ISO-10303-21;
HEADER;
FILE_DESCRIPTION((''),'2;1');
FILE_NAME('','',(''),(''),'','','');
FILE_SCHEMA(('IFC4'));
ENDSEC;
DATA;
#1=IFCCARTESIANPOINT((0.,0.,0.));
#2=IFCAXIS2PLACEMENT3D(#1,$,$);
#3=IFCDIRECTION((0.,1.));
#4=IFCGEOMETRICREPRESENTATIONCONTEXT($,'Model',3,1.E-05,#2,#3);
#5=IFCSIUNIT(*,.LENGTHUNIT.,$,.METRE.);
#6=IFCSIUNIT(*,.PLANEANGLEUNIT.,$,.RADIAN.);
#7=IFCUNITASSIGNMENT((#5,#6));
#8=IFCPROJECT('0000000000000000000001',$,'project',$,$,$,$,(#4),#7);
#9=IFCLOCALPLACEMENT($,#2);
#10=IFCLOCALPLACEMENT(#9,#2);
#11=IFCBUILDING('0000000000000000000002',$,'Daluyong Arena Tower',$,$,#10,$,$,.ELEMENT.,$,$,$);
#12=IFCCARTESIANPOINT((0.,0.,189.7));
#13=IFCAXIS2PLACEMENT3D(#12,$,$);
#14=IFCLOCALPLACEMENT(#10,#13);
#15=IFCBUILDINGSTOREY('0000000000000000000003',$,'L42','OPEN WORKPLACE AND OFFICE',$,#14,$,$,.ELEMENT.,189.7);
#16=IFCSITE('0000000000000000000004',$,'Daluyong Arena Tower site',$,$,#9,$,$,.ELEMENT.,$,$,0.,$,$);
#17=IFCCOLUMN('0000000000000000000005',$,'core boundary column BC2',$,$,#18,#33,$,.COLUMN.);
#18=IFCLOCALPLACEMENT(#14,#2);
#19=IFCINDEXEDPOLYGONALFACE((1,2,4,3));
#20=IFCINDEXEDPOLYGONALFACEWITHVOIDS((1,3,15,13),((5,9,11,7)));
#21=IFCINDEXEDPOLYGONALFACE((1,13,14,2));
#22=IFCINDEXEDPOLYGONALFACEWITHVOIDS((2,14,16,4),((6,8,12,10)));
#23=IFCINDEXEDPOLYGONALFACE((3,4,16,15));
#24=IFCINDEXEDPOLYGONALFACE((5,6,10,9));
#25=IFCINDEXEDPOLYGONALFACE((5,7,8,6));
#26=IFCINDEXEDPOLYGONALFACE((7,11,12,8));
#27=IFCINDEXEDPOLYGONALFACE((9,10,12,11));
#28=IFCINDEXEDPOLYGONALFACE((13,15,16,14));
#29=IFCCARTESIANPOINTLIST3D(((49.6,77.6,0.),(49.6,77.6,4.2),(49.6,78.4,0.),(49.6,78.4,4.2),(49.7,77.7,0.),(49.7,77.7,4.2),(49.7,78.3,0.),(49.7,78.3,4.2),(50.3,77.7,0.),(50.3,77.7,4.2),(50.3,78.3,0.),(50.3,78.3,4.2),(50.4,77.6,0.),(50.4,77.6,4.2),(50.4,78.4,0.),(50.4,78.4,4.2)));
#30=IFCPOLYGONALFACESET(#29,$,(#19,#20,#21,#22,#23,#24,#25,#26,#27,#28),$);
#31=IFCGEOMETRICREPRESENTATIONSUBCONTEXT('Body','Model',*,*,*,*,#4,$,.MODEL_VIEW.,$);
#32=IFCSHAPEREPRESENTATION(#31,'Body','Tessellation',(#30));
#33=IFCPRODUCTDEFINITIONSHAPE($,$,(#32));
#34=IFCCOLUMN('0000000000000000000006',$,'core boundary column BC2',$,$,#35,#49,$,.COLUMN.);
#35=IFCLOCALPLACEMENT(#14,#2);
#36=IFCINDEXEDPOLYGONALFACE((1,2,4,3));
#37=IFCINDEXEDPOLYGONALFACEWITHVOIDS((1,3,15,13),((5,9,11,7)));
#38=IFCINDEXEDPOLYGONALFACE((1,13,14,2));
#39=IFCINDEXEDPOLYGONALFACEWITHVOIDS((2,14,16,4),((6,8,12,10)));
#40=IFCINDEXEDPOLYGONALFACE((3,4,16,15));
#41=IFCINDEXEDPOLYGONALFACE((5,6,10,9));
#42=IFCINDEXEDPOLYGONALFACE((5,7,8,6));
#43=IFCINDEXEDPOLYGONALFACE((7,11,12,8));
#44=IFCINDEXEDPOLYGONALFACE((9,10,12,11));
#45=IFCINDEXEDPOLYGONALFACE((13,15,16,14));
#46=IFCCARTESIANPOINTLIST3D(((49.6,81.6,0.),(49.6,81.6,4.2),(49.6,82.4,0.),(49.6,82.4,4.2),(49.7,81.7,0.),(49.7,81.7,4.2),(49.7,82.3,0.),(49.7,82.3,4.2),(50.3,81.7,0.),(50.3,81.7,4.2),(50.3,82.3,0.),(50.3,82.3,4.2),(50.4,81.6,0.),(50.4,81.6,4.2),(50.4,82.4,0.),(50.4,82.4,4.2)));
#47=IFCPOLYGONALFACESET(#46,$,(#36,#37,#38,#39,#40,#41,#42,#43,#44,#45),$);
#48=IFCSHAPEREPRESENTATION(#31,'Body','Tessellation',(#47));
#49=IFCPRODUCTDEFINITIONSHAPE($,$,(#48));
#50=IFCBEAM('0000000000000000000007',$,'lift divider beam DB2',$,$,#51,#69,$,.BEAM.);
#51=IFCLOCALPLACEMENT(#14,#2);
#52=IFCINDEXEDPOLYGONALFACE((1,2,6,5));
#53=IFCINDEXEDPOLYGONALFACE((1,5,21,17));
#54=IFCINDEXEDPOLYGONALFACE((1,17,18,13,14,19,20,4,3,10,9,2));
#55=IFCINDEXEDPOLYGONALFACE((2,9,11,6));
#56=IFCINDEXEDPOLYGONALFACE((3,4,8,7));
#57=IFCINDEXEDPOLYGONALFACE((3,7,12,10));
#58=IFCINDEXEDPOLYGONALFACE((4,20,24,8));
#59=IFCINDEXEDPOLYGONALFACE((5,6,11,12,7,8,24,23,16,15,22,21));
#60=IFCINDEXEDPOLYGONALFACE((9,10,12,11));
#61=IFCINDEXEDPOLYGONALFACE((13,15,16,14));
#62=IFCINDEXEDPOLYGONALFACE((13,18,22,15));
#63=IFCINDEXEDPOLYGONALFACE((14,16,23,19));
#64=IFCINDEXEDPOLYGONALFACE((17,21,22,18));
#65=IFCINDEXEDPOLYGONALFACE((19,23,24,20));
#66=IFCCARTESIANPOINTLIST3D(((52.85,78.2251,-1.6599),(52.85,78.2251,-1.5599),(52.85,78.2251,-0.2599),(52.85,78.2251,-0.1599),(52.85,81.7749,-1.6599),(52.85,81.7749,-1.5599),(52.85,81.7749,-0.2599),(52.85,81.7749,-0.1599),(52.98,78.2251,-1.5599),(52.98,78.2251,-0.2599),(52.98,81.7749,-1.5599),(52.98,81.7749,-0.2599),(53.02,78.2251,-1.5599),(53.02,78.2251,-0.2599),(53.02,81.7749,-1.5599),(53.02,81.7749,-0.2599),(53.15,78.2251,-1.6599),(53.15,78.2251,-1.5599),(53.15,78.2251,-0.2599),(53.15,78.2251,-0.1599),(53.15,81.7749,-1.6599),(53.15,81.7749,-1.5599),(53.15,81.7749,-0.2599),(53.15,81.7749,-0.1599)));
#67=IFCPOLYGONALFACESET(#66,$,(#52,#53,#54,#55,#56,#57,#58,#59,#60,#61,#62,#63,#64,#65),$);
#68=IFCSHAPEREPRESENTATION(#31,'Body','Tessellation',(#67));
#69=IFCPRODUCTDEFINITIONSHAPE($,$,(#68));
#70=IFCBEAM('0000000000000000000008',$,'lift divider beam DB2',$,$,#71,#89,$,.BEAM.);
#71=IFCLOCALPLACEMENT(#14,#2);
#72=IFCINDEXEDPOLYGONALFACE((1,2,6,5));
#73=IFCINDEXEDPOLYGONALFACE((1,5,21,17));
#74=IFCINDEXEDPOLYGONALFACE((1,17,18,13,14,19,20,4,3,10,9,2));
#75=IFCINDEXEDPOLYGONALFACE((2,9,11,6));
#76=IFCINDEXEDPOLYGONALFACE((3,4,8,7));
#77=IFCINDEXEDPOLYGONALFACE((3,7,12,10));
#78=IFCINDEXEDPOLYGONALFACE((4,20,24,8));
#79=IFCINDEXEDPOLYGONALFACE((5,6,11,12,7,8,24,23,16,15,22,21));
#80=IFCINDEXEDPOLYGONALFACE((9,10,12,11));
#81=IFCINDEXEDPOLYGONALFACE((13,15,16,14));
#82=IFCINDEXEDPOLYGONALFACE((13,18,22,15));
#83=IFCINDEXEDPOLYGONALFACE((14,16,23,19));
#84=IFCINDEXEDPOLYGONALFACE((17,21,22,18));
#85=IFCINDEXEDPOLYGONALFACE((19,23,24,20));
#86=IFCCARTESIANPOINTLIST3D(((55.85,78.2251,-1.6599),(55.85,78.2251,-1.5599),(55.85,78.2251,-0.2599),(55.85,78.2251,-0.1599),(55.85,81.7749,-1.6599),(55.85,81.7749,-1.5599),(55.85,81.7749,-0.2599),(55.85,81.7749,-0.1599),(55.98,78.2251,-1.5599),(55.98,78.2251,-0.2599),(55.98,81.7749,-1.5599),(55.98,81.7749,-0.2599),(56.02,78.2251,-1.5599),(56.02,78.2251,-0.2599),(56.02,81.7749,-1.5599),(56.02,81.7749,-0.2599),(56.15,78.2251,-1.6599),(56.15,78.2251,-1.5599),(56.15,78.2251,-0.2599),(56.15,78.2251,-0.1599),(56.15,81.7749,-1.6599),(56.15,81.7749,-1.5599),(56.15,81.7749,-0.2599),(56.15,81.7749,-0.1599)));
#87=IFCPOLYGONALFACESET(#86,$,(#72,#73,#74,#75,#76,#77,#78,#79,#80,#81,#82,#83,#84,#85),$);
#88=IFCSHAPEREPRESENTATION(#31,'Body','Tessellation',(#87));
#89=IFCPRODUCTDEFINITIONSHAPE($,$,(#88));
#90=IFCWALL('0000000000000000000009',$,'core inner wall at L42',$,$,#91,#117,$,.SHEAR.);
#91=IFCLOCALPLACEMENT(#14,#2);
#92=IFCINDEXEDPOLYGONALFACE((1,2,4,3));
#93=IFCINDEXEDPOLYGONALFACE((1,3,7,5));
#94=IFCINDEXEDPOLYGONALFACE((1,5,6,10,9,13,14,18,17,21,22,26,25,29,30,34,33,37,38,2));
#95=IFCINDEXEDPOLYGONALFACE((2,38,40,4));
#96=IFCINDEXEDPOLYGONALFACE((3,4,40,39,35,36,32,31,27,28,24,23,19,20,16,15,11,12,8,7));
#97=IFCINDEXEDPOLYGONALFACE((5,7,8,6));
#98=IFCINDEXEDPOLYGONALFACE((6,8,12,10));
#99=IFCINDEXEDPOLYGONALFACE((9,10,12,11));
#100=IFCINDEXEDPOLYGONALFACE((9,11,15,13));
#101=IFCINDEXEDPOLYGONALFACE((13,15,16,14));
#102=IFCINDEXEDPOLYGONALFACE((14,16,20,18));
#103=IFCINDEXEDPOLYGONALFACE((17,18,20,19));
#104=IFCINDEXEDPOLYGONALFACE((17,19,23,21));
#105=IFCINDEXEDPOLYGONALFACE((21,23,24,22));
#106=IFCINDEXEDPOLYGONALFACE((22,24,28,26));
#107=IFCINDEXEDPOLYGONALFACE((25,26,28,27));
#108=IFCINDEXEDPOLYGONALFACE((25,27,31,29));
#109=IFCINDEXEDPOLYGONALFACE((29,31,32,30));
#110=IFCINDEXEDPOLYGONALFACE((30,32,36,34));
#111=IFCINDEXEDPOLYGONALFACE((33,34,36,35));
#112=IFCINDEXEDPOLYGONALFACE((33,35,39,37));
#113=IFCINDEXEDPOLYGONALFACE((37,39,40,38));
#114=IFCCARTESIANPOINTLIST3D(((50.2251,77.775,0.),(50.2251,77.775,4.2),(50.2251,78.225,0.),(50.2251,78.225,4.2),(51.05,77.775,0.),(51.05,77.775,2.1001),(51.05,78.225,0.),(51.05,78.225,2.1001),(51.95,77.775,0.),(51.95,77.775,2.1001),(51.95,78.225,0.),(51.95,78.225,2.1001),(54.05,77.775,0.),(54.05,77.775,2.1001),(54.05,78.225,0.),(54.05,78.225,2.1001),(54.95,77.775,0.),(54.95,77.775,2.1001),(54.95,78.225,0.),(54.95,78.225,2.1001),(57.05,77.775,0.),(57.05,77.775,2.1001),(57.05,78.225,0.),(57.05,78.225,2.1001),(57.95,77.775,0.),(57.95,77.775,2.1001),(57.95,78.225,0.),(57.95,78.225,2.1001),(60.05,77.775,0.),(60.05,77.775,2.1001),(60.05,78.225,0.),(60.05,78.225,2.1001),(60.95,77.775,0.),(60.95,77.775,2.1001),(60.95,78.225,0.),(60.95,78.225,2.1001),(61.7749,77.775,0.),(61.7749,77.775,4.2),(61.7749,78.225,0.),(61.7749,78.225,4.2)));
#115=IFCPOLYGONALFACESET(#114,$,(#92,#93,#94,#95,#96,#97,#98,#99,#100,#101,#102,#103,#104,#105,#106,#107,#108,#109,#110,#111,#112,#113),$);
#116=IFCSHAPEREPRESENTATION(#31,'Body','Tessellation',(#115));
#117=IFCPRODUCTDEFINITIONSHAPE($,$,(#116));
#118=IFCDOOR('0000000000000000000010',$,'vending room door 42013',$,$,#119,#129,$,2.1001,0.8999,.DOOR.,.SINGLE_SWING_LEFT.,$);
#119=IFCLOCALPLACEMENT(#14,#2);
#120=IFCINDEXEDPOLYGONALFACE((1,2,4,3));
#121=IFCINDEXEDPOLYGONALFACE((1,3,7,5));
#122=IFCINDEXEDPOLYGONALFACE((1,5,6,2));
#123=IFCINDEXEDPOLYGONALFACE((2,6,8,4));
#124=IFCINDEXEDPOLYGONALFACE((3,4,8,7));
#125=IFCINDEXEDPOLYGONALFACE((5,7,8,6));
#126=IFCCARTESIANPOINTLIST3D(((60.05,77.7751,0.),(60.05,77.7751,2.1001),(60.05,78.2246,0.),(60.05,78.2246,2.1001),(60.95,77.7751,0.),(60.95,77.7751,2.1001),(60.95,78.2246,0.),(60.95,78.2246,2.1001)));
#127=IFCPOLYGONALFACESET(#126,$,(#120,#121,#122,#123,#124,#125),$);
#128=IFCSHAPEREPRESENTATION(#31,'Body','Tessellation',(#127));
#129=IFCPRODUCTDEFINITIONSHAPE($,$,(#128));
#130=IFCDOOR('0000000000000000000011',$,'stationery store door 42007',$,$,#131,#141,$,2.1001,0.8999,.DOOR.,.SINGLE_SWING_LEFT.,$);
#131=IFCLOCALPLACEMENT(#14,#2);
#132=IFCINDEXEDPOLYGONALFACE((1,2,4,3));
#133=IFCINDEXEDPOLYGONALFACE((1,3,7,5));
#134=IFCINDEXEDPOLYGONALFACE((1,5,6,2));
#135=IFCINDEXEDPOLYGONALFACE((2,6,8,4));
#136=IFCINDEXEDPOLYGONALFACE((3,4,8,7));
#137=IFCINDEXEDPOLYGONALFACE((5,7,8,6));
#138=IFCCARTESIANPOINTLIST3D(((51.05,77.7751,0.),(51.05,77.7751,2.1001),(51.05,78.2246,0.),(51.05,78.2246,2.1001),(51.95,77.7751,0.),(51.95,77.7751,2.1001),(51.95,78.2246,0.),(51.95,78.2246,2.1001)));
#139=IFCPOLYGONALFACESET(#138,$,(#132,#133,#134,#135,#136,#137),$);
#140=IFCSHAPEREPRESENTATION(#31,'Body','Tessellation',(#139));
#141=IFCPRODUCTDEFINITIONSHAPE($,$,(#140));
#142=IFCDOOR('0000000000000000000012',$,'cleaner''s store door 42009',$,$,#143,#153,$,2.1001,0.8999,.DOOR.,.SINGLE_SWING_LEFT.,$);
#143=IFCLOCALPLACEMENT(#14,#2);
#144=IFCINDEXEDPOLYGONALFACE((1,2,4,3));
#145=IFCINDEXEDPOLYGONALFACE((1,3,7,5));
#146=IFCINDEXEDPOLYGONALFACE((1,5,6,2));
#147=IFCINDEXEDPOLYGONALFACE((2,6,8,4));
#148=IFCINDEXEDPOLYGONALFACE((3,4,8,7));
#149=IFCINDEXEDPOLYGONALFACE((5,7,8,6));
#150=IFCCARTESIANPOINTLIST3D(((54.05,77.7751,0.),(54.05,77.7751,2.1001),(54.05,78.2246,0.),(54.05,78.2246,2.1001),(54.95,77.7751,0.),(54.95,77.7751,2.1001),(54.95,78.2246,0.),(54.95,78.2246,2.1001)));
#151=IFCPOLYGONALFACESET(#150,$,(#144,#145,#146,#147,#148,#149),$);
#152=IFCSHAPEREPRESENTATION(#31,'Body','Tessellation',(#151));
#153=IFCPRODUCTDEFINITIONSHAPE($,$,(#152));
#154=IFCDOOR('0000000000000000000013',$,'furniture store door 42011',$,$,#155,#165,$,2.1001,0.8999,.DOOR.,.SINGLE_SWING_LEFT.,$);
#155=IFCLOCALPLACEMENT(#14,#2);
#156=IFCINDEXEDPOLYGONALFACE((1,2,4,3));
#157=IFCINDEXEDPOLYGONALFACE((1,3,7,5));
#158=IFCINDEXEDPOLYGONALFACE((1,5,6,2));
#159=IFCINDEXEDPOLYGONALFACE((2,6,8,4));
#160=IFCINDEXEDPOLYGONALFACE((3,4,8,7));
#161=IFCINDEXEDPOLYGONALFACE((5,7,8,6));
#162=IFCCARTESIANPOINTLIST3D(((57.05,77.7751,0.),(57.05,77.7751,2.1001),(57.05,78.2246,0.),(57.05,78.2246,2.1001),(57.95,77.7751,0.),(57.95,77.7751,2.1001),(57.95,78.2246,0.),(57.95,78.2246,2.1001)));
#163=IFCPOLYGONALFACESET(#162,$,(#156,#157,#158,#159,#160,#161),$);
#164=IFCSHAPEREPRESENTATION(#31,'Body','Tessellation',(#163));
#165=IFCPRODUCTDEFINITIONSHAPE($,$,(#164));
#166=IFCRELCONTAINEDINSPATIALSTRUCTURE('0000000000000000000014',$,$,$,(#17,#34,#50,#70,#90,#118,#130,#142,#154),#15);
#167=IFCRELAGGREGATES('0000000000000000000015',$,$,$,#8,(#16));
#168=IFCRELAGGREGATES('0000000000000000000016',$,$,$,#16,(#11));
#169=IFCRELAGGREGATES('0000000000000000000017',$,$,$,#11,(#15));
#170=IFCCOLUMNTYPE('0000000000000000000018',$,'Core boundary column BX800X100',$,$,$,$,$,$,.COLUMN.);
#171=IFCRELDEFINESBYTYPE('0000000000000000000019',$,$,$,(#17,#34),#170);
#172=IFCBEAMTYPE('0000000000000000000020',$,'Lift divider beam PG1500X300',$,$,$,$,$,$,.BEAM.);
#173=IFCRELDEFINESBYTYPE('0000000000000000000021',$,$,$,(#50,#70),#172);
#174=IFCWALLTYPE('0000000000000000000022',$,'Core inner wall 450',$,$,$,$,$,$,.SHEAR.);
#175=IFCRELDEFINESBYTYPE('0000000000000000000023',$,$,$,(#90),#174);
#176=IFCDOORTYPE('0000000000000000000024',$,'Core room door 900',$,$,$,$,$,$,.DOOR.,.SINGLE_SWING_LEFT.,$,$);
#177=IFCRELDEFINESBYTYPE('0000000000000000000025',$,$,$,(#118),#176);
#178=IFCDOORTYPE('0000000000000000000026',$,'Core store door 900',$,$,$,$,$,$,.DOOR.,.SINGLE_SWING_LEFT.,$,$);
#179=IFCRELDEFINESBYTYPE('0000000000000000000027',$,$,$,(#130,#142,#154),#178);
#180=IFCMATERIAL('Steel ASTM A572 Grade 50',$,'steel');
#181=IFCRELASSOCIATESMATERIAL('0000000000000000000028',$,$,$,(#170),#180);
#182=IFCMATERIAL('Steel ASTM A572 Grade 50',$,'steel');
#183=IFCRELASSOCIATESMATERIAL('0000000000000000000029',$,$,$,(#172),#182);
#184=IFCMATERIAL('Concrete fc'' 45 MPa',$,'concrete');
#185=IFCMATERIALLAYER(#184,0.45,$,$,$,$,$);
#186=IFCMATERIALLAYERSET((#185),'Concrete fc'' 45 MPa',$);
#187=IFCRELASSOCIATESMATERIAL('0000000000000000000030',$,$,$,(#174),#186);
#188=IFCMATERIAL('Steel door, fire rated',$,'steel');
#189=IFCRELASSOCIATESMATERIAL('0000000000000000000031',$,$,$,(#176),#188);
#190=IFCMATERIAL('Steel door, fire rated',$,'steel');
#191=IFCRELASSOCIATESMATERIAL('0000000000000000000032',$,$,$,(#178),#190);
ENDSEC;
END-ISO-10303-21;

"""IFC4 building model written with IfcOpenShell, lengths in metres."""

from ifc_helpers import new_model, si_unit, direction, frame, frame_2d, origin, origin_2d, place, context, subcontext, project, spatial, rectangle, hollow_rectangle, i_section, extrude, material, layer, layer_set, material_profile, profile_set, type_object, element, fill, save


model = new_model("IFC4")

# Units and contexts
model_context = context("Model", 3, precision=1e-05, world=origin(), true_north=direction((0.0, 1.0)))
body_context = subcontext(model_context, "Body", "Model", "MODEL_VIEW")
ifc_project = project(units=[si_unit("LENGTHUNIT", "METRE"), si_unit("PLANEANGLEUNIT", "RADIAN")], contexts=[model_context])

# Site, building, storey
site_placement = place(None, origin())
site = spatial("IfcSite", under=ifc_project, at=site_placement, Name="Daluyong Arena Tower site", CompositionType="ELEMENT", RefElevation=0.0)
building_placement = place(site_placement, origin())
building = spatial("IfcBuilding", under=site, at=building_placement, Name="Daluyong Arena Tower", CompositionType="ELEMENT")
storey_placement = place(building_placement, frame((0.0, 0.0, 189.7)))
storey = spatial("IfcBuildingStorey", under=building, at=storey_placement, Name="L42", Description="OPEN WORKPLACE AND OFFICE", CompositionType="ELEMENT", Elevation=189.7)

# Columns
ifc_material_1 = material(Name="Steel ASTM A572 Grade 50", Category="steel")
ifc_material_profile_1 = material_profile(ifc_material_1, hollow_rectangle(XDim=0.8, YDim=0.8, WallThickness=0.1, at=origin_2d()))
ifc_profile_set_1 = profile_set([ifc_material_profile_1], Name="Steel ASTM A572 Grade 50")
column_type = type_object("IfcColumnType", Name="Core boundary column BX800X100", PredefinedType="COLUMN", material=ifc_profile_set_1)
for number, where, z_axis, x_axis, name in (
    (1, (50.0, 78.0, 0.0), (0.0, 0.0, 1.0), (1.0, 0.0, 0.0), "core boundary column BC2"),
    (2, (50.0, 82.0, 0.0), (0.0, 0.0, 1.0), (1.0, 0.0, 0.0), "core boundary column BC2"),
):
    element("IfcColumn", number, at=place(storey_placement, frame(where, z_axis=z_axis, x_axis=x_axis)), inside=storey, type_object=column_type, Name=name, PredefinedType="COLUMN", context=body_context, shape_type="SweptSolid", body=[
        extrude(hollow_rectangle(XDim=0.8, YDim=0.8, WallThickness=0.1, at=origin_2d()), origin(), (0.0, 0.0, 1.0), 4.2),
    ])

# Beams
ifc_material_2 = material(Name="Steel ASTM A572 Grade 50", Category="steel")
ifc_material_profile_2 = material_profile(ifc_material_2, i_section(OverallWidth=0.3, OverallDepth=1.5, WebThickness=0.04, FlangeThickness=0.1, at=origin_2d()))
ifc_profile_set_2 = profile_set([ifc_material_profile_2], Name="Steel ASTM A572 Grade 50")
beam_type = type_object("IfcBeamType", Name="Lift divider beam PG1500X300", PredefinedType="BEAM", material=ifc_profile_set_2)
for number, where, z_axis, x_axis, name in (
    (3, (53.0, 78.2251, -0.9099), (0.0, 1.0, 0.0), (-1.0, 0.0, 0.0), "lift divider beam DB2"),
    (4, (56.0, 78.2251, -0.9099), (0.0, 1.0, 0.0), (-1.0, 0.0, 0.0), "lift divider beam DB2"),
):
    element("IfcBeam", number, at=place(storey_placement, frame(where, z_axis=z_axis, x_axis=x_axis)), inside=storey, type_object=beam_type, Name=name, PredefinedType="BEAM", context=body_context, shape_type="SweptSolid", body=[
        extrude(i_section(OverallWidth=0.3, OverallDepth=1.5, WebThickness=0.04, FlangeThickness=0.1, at=origin_2d()), origin(), (0.0, 0.0, 1.0), 3.5498),
    ])

# Wall, openings, doors
ifc_material_3 = material(Name="Concrete fc' 45 MPa", Category="concrete")
ifc_layer_1 = layer(ifc_material_3, 0.45)
ifc_layer_set_1 = layer_set([ifc_layer_1], Name="Concrete fc' 45 MPa")
wall_type_1 = type_object("IfcWallType", Name="Core inner wall 450", PredefinedType="SHEAR", material=ifc_layer_set_1)
wall_1_placement = place(storey_placement, frame((50.2251, 78.0, 0.0), z_axis=(0.0, 0.0, 1.0), x_axis=(1.0, 0.0, 0.0)))
wall_1 = element("IfcWall", 5, at=wall_1_placement, inside=storey, type_object=wall_type_1, Name="core inner wall at L42", PredefinedType="SHEAR", context=body_context, shape_type="SweptSolid", body=[
    extrude(rectangle(XDim=11.5498, YDim=0.45, at=frame_2d((5.7749, 0.0))), origin(), (0.0, 0.0, 1.0), 4.2),
])
opening_1_placement = place(wall_1_placement, frame((0.825, 0.0, 0.0)))
opening_1 = element("IfcOpeningElement", 6, at=opening_1_placement, cuts=wall_1, PredefinedType="OPENING", context=body_context, shape_type="SweptSolid", body=[
    extrude(rectangle(XDim=0.8999, YDim=2.1001, at=frame_2d((0.45, 1.05))), frame((0.0, 0.2349, 0.0), z_axis=(0.0, -1.0, 0.0), x_axis=(1.0, 0.0, 0.0)), (0.0, 0.0, 1.0), 0.47),
])
opening_2_placement = place(wall_1_placement, frame((3.825, 0.0, 0.0)))
opening_2 = element("IfcOpeningElement", 7, at=opening_2_placement, cuts=wall_1, PredefinedType="OPENING", context=body_context, shape_type="SweptSolid", body=[
    extrude(rectangle(XDim=0.8999, YDim=2.1001, at=frame_2d((0.45, 1.05))), frame((0.0, 0.2349, 0.0), z_axis=(0.0, -1.0, 0.0), x_axis=(1.0, 0.0, 0.0)), (0.0, 0.0, 1.0), 0.47),
])
opening_3_placement = place(wall_1_placement, frame((6.825, 0.0, 0.0)))
opening_3 = element("IfcOpeningElement", 8, at=opening_3_placement, cuts=wall_1, PredefinedType="OPENING", context=body_context, shape_type="SweptSolid", body=[
    extrude(rectangle(XDim=0.8999, YDim=2.1001, at=frame_2d((0.45, 1.05))), frame((0.0, 0.2349, 0.0), z_axis=(0.0, -1.0, 0.0), x_axis=(1.0, 0.0, 0.0)), (0.0, 0.0, 1.0), 0.47),
])
opening_4_placement = place(wall_1_placement, frame((9.825, 0.0, 0.0)))
opening_4 = element("IfcOpeningElement", 9, at=opening_4_placement, cuts=wall_1, PredefinedType="OPENING", context=body_context, shape_type="SweptSolid", body=[
    extrude(rectangle(XDim=0.8999, YDim=2.1001, at=frame_2d((0.45, 1.05))), frame((0.0, 0.2349, 0.0), z_axis=(0.0, -1.0, 0.0), x_axis=(1.0, 0.0, 0.0)), (0.0, 0.0, 1.0), 0.47),
])
ifc_material_4 = material(Name="Steel door, fire rated", Category="steel")
door_type_1 = type_object("IfcDoorType", Name="Core room door 900", OperationType="SINGLE_SWING_LEFT", PredefinedType="DOOR", material=ifc_material_4)
door_1_placement = place(opening_4_placement, origin())
door_1 = element("IfcDoor", 10, at=door_1_placement, inside=storey, type_object=door_type_1, Name="vending room door 42013", OperationType="SINGLE_SWING_LEFT", OverallHeight=2.1001, OverallWidth=0.8999, PredefinedType="DOOR", context=body_context, shape_type="SweptSolid", body=[
    extrude(rectangle(XDim=0.8999, YDim=2.1001, at=frame_2d((0.45, 1.05))), frame((0.0, 0.2246, 0.0), z_axis=(0.0, -1.0, 0.0), x_axis=(1.0, 0.0, 0.0)), (0.0, 0.0, 1.0), 0.4495),
])
fill(opening_4, door_1)
ifc_material_5 = material(Name="Steel door, fire rated", Category="steel")
door_type_2 = type_object("IfcDoorType", Name="Core store door 900", OperationType="SINGLE_SWING_LEFT", PredefinedType="DOOR", material=ifc_material_5)
door_2_placement = place(opening_1_placement, origin())
door_2 = element("IfcDoor", 11, at=door_2_placement, inside=storey, type_object=door_type_2, Name="stationery store door 42007", OperationType="SINGLE_SWING_LEFT", OverallHeight=2.1001, OverallWidth=0.8999, PredefinedType="DOOR", context=body_context, shape_type="SweptSolid", body=[
    extrude(rectangle(XDim=0.8999, YDim=2.1001, at=frame_2d((0.45, 1.05))), frame((0.0, 0.2246, 0.0), z_axis=(0.0, -1.0, 0.0), x_axis=(1.0, 0.0, 0.0)), (0.0, 0.0, 1.0), 0.4495),
])
fill(opening_1, door_2)
door_3_placement = place(opening_2_placement, origin())
door_3 = element("IfcDoor", 12, at=door_3_placement, inside=storey, type_object=door_type_2, Name="cleaner's store door 42009", OperationType="SINGLE_SWING_LEFT", OverallHeight=2.1001, OverallWidth=0.8999, PredefinedType="DOOR", context=body_context, shape_type="SweptSolid", body=[
    extrude(rectangle(XDim=0.8999, YDim=2.1001, at=frame_2d((0.45, 1.05))), frame((0.0, 0.2246, 0.0), z_axis=(0.0, -1.0, 0.0), x_axis=(1.0, 0.0, 0.0)), (0.0, 0.0, 1.0), 0.4495),
])
fill(opening_2, door_3)
door_4_placement = place(opening_3_placement, origin())
door_4 = element("IfcDoor", 13, at=door_4_placement, inside=storey, type_object=door_type_2, Name="furniture store door 42011", OperationType="SINGLE_SWING_LEFT", OverallHeight=2.1001, OverallWidth=0.8999, PredefinedType="DOOR", context=body_context, shape_type="SweptSolid", body=[
    extrude(rectangle(XDim=0.8999, YDim=2.1001, at=frame_2d((0.45, 1.05))), frame((0.0, 0.2246, 0.0), z_axis=(0.0, -1.0, 0.0), x_axis=(1.0, 0.0, 0.0)), (0.0, 0.0, 1.0), 0.4495),
])
fill(opening_3, door_4)

save(model, "model.ifc")
